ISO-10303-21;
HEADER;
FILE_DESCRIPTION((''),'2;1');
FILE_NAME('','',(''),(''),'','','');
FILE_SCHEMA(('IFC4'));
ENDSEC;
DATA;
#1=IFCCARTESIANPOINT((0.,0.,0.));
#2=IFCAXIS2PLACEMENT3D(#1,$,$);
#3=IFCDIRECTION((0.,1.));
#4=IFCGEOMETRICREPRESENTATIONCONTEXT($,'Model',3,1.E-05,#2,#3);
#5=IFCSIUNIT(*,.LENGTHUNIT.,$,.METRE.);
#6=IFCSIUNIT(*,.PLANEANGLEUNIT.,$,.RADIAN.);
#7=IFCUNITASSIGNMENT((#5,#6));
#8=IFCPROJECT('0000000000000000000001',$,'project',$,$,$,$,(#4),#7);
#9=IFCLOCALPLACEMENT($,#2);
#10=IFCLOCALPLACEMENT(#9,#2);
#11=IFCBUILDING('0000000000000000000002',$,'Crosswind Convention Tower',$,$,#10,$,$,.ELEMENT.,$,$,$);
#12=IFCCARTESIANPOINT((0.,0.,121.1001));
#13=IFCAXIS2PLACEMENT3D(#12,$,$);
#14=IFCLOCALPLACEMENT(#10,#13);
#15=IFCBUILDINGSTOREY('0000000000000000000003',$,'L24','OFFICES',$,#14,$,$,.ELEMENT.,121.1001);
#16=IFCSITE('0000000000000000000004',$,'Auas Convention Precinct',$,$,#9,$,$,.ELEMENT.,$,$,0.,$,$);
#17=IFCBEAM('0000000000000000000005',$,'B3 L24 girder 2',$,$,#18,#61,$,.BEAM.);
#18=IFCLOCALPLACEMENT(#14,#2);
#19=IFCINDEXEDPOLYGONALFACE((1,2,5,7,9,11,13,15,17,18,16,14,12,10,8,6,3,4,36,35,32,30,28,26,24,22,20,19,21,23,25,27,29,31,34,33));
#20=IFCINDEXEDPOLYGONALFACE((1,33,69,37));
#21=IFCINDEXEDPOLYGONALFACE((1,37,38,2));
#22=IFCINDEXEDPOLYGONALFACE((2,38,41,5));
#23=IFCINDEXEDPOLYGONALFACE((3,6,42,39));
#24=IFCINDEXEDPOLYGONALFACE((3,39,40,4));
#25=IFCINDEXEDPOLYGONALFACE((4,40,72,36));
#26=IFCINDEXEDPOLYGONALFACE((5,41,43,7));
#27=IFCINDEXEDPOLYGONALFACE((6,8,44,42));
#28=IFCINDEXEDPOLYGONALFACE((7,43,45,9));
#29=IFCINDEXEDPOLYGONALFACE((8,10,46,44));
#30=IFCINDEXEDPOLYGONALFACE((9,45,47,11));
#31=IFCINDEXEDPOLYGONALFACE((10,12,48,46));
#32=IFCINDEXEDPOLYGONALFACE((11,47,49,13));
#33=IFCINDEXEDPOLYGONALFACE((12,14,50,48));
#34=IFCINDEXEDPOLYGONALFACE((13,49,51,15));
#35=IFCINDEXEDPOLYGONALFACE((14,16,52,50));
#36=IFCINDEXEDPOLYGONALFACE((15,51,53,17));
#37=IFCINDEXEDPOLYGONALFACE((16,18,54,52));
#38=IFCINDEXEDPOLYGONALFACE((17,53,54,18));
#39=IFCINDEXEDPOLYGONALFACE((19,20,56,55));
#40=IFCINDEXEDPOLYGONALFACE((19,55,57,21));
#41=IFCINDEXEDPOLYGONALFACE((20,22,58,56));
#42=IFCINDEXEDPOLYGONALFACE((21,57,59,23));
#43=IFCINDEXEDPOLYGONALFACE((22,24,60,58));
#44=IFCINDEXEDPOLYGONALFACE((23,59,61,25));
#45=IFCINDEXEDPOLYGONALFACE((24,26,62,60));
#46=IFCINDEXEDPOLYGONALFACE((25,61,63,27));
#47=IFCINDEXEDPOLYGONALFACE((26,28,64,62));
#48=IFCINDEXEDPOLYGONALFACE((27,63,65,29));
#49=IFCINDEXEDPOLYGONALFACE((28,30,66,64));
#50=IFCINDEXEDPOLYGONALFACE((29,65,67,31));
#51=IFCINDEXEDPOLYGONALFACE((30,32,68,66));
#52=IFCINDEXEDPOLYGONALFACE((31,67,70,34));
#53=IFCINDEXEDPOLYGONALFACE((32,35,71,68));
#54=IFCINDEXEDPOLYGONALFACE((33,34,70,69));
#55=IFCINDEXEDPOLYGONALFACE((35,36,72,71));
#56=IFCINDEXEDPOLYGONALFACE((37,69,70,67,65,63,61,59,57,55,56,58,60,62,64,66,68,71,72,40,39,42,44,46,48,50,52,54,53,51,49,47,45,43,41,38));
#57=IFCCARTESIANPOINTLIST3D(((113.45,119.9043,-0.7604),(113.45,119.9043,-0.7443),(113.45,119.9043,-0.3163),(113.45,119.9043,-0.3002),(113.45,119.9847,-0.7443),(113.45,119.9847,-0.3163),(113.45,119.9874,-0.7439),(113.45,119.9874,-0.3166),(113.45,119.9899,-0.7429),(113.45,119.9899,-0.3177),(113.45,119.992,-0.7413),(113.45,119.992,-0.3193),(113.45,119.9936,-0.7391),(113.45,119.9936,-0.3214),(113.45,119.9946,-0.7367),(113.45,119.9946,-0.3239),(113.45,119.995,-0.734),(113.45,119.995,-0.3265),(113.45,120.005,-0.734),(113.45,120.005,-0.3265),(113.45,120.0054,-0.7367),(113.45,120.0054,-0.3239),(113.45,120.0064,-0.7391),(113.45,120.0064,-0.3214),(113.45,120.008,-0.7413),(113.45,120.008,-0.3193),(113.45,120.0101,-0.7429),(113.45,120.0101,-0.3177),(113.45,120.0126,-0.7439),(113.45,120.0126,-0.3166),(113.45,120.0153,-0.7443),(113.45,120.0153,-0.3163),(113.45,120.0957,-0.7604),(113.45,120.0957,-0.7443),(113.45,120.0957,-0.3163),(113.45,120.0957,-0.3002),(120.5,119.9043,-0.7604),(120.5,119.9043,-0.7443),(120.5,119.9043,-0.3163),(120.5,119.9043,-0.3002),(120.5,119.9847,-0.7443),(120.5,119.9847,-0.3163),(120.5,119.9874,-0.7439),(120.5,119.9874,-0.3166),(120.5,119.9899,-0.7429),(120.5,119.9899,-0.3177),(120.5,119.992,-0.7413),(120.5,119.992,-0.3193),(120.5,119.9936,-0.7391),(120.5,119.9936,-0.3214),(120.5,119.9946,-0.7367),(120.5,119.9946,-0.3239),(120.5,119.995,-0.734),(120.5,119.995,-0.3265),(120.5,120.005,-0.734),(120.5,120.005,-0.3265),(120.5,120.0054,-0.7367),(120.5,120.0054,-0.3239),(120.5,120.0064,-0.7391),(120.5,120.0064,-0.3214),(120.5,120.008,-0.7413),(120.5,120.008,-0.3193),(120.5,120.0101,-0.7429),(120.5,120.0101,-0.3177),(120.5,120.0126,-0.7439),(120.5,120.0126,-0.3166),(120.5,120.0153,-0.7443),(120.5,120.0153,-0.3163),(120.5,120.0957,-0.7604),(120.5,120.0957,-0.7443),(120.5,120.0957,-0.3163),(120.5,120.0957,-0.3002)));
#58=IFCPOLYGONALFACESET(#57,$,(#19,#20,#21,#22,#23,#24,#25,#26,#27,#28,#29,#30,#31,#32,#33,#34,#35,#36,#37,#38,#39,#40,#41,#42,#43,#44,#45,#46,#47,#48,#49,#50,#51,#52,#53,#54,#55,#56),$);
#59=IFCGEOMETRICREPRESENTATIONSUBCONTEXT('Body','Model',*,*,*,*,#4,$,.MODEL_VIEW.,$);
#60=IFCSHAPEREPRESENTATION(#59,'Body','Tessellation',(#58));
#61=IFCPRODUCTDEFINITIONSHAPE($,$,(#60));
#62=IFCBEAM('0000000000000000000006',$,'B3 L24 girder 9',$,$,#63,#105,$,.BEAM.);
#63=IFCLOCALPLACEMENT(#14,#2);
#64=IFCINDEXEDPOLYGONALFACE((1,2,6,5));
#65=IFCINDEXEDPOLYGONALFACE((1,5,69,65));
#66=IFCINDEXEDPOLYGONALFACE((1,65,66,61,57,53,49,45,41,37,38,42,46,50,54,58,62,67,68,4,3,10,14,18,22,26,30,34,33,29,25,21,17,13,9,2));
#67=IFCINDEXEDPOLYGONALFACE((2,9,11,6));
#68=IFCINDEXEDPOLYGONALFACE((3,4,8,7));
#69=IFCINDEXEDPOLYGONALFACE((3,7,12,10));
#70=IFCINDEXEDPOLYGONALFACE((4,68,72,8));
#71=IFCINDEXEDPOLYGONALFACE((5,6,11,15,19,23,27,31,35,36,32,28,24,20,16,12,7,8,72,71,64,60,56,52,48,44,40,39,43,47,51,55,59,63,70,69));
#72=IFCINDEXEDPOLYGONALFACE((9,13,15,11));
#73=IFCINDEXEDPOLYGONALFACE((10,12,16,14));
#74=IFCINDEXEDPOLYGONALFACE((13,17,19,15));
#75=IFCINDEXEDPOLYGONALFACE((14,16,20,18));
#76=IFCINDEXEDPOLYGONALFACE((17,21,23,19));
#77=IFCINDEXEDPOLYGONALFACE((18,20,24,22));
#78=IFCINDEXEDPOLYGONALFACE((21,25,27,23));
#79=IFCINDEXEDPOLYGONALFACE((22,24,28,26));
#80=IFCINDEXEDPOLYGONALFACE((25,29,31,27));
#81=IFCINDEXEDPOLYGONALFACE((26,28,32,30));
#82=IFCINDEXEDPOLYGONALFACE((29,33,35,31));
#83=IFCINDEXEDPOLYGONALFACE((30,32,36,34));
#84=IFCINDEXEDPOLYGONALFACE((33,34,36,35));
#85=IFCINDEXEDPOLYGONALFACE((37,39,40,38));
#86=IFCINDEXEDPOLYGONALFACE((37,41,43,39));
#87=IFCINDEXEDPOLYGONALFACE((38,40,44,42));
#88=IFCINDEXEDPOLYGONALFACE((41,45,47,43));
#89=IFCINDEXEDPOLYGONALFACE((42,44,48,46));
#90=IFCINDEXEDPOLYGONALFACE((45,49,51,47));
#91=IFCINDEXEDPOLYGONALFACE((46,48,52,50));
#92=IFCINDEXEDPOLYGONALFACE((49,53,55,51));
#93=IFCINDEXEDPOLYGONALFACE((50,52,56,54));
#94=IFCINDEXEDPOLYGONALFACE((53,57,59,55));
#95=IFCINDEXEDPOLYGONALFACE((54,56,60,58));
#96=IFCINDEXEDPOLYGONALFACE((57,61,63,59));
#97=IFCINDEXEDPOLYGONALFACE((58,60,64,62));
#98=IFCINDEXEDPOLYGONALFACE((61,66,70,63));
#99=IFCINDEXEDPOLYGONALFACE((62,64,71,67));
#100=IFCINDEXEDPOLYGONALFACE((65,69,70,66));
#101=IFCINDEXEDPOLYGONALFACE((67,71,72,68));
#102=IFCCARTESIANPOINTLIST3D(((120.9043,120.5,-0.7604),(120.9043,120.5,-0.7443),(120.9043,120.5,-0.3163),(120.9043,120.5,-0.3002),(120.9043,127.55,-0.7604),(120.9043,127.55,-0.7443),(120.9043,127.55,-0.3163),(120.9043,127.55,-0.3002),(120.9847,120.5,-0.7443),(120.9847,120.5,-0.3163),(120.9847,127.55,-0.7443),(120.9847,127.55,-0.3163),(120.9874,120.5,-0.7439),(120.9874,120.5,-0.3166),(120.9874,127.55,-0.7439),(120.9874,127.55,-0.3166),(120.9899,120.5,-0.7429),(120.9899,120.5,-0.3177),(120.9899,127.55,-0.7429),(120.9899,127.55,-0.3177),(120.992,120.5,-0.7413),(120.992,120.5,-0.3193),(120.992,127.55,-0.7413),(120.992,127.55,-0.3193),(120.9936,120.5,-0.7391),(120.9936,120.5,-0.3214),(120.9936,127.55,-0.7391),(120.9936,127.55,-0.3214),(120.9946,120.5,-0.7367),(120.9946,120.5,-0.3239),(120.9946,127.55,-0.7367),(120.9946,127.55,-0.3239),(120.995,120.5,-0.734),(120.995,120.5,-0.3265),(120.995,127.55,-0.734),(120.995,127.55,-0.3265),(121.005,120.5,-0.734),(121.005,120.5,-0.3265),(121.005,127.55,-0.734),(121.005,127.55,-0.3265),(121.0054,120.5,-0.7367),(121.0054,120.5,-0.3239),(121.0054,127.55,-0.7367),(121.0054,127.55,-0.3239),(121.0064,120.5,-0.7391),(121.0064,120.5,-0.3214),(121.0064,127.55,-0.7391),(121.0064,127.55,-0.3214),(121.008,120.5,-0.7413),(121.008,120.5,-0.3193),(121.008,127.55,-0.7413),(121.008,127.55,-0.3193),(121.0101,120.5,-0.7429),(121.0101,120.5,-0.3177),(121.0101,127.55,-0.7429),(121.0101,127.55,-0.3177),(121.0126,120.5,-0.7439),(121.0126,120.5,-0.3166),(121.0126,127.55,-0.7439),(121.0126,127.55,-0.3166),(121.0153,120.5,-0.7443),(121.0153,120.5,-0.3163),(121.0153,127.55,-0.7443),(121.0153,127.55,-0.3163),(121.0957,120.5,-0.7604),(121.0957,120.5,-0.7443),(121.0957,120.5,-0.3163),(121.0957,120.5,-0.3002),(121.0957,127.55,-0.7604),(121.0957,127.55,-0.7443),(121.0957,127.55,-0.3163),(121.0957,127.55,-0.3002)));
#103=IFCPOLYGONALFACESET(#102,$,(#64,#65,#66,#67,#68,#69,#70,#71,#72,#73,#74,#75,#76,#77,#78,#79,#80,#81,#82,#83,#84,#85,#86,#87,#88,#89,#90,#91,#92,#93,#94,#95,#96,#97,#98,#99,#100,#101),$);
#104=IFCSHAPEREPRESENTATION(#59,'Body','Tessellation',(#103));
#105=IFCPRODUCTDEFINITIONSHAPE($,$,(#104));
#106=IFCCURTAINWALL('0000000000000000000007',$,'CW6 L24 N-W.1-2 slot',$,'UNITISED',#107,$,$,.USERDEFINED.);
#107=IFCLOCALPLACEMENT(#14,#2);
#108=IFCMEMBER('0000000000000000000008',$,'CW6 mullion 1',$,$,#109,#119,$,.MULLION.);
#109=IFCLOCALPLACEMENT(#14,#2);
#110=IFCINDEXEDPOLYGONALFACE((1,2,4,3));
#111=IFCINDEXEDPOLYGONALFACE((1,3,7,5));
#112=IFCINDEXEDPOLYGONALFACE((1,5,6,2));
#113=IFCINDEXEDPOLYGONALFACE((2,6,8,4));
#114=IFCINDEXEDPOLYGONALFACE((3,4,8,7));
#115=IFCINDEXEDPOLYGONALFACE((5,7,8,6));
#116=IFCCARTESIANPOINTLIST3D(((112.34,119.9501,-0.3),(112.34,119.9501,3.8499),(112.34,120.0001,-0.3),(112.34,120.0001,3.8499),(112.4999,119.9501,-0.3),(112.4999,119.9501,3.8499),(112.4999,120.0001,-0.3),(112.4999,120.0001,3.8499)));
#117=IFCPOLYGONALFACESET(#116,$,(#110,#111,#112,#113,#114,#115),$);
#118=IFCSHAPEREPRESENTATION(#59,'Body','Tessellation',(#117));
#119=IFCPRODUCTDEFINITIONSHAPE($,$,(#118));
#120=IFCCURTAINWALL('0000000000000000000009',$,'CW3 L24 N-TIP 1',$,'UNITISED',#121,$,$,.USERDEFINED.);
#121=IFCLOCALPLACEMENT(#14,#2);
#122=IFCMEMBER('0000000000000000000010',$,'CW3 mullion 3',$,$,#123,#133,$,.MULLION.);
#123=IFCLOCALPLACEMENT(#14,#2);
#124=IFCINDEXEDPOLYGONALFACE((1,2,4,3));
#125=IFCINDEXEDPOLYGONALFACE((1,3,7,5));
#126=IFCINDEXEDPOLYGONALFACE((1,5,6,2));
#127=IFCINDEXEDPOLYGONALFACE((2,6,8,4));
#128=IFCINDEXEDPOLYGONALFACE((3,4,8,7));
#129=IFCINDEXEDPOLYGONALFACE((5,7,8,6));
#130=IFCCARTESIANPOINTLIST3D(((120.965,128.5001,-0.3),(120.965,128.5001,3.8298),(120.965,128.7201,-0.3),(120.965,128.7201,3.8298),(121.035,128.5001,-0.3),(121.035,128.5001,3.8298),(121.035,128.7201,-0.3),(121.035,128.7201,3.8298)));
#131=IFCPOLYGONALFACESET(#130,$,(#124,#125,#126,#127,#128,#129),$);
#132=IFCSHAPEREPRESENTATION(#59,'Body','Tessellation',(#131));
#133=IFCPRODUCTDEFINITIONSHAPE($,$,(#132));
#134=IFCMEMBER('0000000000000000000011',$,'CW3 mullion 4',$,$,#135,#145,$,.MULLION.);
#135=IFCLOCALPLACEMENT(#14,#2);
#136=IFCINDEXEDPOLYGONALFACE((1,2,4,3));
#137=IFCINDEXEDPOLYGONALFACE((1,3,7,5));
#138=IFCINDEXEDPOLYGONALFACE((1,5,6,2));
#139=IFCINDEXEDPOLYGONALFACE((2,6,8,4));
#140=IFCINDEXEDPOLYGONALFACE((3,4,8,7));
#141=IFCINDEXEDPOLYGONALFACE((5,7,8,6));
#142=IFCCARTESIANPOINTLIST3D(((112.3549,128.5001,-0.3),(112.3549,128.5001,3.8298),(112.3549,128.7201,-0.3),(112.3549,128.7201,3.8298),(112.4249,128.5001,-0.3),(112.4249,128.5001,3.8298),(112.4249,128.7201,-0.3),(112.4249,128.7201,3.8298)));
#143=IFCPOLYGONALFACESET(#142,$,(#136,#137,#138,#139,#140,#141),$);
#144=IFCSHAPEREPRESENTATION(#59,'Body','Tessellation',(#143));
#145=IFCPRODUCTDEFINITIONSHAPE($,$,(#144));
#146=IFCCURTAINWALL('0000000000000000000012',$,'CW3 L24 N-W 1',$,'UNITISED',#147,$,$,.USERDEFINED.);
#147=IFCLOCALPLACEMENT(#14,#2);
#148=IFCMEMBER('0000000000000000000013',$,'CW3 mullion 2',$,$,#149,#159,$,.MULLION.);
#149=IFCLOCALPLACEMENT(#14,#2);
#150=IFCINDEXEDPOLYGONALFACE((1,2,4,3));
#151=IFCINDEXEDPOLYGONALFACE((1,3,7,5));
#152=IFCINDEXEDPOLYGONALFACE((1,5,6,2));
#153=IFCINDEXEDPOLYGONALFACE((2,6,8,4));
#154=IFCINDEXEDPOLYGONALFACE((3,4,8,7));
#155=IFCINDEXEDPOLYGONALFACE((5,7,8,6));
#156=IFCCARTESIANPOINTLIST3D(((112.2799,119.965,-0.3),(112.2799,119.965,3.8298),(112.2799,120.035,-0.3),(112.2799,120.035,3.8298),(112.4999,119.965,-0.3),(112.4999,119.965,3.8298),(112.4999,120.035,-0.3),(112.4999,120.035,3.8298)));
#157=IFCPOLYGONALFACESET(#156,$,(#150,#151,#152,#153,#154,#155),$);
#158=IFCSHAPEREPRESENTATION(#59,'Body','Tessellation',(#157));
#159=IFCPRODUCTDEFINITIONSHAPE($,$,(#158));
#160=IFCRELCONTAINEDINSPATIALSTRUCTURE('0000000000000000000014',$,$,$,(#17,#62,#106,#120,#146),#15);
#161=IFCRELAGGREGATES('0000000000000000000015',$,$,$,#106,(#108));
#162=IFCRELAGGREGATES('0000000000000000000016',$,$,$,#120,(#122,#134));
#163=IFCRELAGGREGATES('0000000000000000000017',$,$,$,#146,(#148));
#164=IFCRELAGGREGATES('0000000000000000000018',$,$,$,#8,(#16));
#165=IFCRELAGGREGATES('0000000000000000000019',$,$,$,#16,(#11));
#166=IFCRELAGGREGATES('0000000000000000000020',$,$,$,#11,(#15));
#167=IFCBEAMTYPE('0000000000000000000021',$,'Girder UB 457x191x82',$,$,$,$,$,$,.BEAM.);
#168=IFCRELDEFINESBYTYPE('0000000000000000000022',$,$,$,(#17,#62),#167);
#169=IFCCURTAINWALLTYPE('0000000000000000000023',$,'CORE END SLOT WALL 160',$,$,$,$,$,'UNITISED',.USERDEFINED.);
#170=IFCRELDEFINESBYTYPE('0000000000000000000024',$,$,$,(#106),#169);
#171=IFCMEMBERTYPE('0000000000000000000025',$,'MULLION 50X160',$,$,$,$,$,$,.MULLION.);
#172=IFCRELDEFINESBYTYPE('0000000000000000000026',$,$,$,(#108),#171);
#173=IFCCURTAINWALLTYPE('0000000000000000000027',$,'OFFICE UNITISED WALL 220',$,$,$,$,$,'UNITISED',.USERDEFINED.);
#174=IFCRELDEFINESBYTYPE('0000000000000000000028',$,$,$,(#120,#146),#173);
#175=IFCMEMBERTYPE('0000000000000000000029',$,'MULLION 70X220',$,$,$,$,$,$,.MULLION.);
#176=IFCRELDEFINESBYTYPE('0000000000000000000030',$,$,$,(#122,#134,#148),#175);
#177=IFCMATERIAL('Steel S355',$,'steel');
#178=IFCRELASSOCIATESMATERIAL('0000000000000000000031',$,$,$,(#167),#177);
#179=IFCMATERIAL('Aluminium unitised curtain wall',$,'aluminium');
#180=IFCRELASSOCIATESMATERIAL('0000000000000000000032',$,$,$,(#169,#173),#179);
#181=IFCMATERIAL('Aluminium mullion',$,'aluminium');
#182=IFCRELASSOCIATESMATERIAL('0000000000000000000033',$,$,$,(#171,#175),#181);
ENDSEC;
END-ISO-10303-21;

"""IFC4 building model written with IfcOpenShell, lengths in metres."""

from ifc_helpers import new_model, si_unit, direction, frame, origin, origin_2d, place, context, subcontext, project, spatial, rectangle, i_section, extrude, material, material_profile, profile_set, type_object, element, aggregate, save


model = new_model("IFC4")

# Units and contexts
model_context = context("Model", 3, precision=1e-05, world=origin(), true_north=direction((0.0, 1.0)))
body_context = subcontext(model_context, "Body", "Model", "MODEL_VIEW")
ifc_project = project(units=[si_unit("LENGTHUNIT", "METRE"), si_unit("PLANEANGLEUNIT", "RADIAN")], contexts=[model_context])

# Site, building, storey
site_placement = place(None, origin())
site = spatial("IfcSite", under=ifc_project, at=site_placement, Name="Auas Convention Precinct", CompositionType="ELEMENT", RefElevation=0.0)
building_placement = place(site_placement, origin())
building = spatial("IfcBuilding", under=site, at=building_placement, Name="Crosswind Convention Tower", CompositionType="ELEMENT")
storey_placement = place(building_placement, frame((0.0, 0.0, 121.1001)))
storey = spatial("IfcBuildingStorey", under=building, at=storey_placement, Name="L24", Description="OFFICES", CompositionType="ELEMENT", Elevation=121.1001)

# Beams
ifc_material_1 = material(Name="Steel S355", Category="steel")
ifc_material_profile_1 = material_profile(ifc_material_1, i_section(OverallWidth=0.1914, OverallDepth=0.4602, WebThickness=0.01, FlangeThickness=0.0161, FilletRadius=0.0103, at=origin_2d()), Name="UB 457x191x82")
ifc_profile_set_1 = profile_set([ifc_material_profile_1], Name="Steel S355")
beam_type_1 = type_object("IfcBeamType", Name="Girder UB 457x191x82", PredefinedType="BEAM", material=ifc_profile_set_1)
for number, where, z_axis, x_axis, name in (
    (1, (113.45, 120.0, -0.5303), (1.0, 0.0, 0.0), (0.0, 1.0, 0.0), "B3 L24 girder 2"),
    (2, (121.0, 120.5, -0.5303), (0.0, 1.0, 0.0), (-1.0, 0.0, 0.0), "B3 L24 girder 9"),
):
    element("IfcBeam", number, at=place(storey_placement, frame(where, z_axis=z_axis, x_axis=x_axis)), inside=storey, type_object=beam_type_1, Name=name, PredefinedType="BEAM", context=body_context, shape_type="SweptSolid", body=[
        extrude(i_section(OverallWidth=0.1914, OverallDepth=0.4602, WebThickness=0.01, FlangeThickness=0.0161, FilletRadius=0.0103, at=origin_2d()), origin(), (0.0, 0.0, 1.0), 7.05),
    ])

# Curtain wall, member
ifc_material_2 = material(Name="Aluminium unitised curtain wall", Category="aluminium")
curtain_wall_type_1 = type_object("IfcCurtainWallType", Name="CORE END SLOT WALL 160", ElementType="UNITISED", PredefinedType="USERDEFINED", material=ifc_material_2)
curtain_wall_1_placement = place(storey_placement, origin())
curtain_wall_1 = element("IfcCurtainWall", 3, at=curtain_wall_1_placement, inside=storey, type_object=curtain_wall_type_1, Name="CW6 L24 N-W.1-2 slot", ObjectType="UNITISED", PredefinedType="USERDEFINED")
ifc_material_3 = material(Name="Aluminium mullion", Category="aluminium")
ifc_material_profile_2 = material_profile(ifc_material_3, rectangle(XDim=0.1599, YDim=0.05, at=origin_2d()), Name="AL 160X50")
ifc_profile_set_2 = profile_set([ifc_material_profile_2], Name="Aluminium mullion")
member_type_1 = type_object("IfcMemberType", Name="MULLION 50X160", PredefinedType="MULLION", material=ifc_profile_set_2)
member_1_placement = place(storey_placement, frame((112.4199, 119.9751, -0.3), z_axis=(0.0, 0.0, 1.0), x_axis=(-1.0, 0.0, 0.0)))
member_1 = element("IfcMember", 4, at=member_1_placement, type_object=member_type_1, Name="CW6 mullion 1", PredefinedType="MULLION", context=body_context, shape_type="SweptSolid", body=[
    extrude(rectangle(XDim=0.1599, YDim=0.05, at=origin_2d()), origin(), (0.0, 0.0, 1.0), 4.1499),
])

# Curtain wall, members
curtain_wall_type_2 = type_object("IfcCurtainWallType", Name="OFFICE UNITISED WALL 220", ElementType="UNITISED", PredefinedType="USERDEFINED", material=ifc_material_2)
curtain_wall_2_placement = place(storey_placement, origin())
curtain_wall_2 = element("IfcCurtainWall", 5, at=curtain_wall_2_placement, inside=storey, type_object=curtain_wall_type_2, Name="CW3 L24 N-TIP 1", ObjectType="UNITISED", PredefinedType="USERDEFINED")
ifc_material_profile_3 = material_profile(ifc_material_3, rectangle(XDim=0.22, YDim=0.0701, at=origin_2d()), Name="AL 220X70")
ifc_profile_set_3 = profile_set([ifc_material_profile_3], Name="Aluminium mullion")
member_type_2 = type_object("IfcMemberType", Name="MULLION 70X220", PredefinedType="MULLION", material=ifc_profile_set_3)
member_2_placement = place(storey_placement, frame((121.0, 128.6101, -0.3), z_axis=(0.0, 0.0, 1.0), x_axis=(0.0, 1.0, 0.0)))
member_2 = element("IfcMember", 6, at=member_2_placement, type_object=member_type_2, Name="CW3 mullion 3", PredefinedType="MULLION", context=body_context, shape_type="SweptSolid", body=[
    extrude(rectangle(XDim=0.22, YDim=0.0701, at=origin_2d()), origin(), (0.0, 0.0, 1.0), 4.1299),
])
member_3_placement = place(storey_placement, frame((112.3899, 128.6101, -0.3), z_axis=(0.0, 0.0, 1.0), x_axis=(0.0, 1.0, 0.0)))
member_3 = element("IfcMember", 7, at=member_3_placement, type_object=member_type_2, Name="CW3 mullion 4", PredefinedType="MULLION", context=body_context, shape_type="SweptSolid", body=[
    extrude(rectangle(XDim=0.22, YDim=0.0701, at=origin_2d()), origin(), (0.0, 0.0, 1.0), 4.1299),
])

# Curtain wall, member
curtain_wall_3_placement = place(storey_placement, origin())
curtain_wall_3 = element("IfcCurtainWall", 8, at=curtain_wall_3_placement, inside=storey, type_object=curtain_wall_type_2, Name="CW3 L24 N-W 1", ObjectType="UNITISED", PredefinedType="USERDEFINED")
member_4_placement = place(storey_placement, frame((112.3899, 120.0, -0.3), z_axis=(0.0, 0.0, 1.0), x_axis=(-1.0, 0.0, 0.0)))
member_4 = element("IfcMember", 9, at=member_4_placement, type_object=member_type_2, Name="CW3 mullion 2", PredefinedType="MULLION", context=body_context, shape_type="SweptSolid", body=[
    extrude(rectangle(XDim=0.22, YDim=0.0701, at=origin_2d()), origin(), (0.0, 0.0, 1.0), 4.1299),
])

aggregate(curtain_wall_1, [member_1])
aggregate(curtain_wall_2, [member_2, member_3])
aggregate(curtain_wall_3, [member_4])

save(model, "model.ifc")
